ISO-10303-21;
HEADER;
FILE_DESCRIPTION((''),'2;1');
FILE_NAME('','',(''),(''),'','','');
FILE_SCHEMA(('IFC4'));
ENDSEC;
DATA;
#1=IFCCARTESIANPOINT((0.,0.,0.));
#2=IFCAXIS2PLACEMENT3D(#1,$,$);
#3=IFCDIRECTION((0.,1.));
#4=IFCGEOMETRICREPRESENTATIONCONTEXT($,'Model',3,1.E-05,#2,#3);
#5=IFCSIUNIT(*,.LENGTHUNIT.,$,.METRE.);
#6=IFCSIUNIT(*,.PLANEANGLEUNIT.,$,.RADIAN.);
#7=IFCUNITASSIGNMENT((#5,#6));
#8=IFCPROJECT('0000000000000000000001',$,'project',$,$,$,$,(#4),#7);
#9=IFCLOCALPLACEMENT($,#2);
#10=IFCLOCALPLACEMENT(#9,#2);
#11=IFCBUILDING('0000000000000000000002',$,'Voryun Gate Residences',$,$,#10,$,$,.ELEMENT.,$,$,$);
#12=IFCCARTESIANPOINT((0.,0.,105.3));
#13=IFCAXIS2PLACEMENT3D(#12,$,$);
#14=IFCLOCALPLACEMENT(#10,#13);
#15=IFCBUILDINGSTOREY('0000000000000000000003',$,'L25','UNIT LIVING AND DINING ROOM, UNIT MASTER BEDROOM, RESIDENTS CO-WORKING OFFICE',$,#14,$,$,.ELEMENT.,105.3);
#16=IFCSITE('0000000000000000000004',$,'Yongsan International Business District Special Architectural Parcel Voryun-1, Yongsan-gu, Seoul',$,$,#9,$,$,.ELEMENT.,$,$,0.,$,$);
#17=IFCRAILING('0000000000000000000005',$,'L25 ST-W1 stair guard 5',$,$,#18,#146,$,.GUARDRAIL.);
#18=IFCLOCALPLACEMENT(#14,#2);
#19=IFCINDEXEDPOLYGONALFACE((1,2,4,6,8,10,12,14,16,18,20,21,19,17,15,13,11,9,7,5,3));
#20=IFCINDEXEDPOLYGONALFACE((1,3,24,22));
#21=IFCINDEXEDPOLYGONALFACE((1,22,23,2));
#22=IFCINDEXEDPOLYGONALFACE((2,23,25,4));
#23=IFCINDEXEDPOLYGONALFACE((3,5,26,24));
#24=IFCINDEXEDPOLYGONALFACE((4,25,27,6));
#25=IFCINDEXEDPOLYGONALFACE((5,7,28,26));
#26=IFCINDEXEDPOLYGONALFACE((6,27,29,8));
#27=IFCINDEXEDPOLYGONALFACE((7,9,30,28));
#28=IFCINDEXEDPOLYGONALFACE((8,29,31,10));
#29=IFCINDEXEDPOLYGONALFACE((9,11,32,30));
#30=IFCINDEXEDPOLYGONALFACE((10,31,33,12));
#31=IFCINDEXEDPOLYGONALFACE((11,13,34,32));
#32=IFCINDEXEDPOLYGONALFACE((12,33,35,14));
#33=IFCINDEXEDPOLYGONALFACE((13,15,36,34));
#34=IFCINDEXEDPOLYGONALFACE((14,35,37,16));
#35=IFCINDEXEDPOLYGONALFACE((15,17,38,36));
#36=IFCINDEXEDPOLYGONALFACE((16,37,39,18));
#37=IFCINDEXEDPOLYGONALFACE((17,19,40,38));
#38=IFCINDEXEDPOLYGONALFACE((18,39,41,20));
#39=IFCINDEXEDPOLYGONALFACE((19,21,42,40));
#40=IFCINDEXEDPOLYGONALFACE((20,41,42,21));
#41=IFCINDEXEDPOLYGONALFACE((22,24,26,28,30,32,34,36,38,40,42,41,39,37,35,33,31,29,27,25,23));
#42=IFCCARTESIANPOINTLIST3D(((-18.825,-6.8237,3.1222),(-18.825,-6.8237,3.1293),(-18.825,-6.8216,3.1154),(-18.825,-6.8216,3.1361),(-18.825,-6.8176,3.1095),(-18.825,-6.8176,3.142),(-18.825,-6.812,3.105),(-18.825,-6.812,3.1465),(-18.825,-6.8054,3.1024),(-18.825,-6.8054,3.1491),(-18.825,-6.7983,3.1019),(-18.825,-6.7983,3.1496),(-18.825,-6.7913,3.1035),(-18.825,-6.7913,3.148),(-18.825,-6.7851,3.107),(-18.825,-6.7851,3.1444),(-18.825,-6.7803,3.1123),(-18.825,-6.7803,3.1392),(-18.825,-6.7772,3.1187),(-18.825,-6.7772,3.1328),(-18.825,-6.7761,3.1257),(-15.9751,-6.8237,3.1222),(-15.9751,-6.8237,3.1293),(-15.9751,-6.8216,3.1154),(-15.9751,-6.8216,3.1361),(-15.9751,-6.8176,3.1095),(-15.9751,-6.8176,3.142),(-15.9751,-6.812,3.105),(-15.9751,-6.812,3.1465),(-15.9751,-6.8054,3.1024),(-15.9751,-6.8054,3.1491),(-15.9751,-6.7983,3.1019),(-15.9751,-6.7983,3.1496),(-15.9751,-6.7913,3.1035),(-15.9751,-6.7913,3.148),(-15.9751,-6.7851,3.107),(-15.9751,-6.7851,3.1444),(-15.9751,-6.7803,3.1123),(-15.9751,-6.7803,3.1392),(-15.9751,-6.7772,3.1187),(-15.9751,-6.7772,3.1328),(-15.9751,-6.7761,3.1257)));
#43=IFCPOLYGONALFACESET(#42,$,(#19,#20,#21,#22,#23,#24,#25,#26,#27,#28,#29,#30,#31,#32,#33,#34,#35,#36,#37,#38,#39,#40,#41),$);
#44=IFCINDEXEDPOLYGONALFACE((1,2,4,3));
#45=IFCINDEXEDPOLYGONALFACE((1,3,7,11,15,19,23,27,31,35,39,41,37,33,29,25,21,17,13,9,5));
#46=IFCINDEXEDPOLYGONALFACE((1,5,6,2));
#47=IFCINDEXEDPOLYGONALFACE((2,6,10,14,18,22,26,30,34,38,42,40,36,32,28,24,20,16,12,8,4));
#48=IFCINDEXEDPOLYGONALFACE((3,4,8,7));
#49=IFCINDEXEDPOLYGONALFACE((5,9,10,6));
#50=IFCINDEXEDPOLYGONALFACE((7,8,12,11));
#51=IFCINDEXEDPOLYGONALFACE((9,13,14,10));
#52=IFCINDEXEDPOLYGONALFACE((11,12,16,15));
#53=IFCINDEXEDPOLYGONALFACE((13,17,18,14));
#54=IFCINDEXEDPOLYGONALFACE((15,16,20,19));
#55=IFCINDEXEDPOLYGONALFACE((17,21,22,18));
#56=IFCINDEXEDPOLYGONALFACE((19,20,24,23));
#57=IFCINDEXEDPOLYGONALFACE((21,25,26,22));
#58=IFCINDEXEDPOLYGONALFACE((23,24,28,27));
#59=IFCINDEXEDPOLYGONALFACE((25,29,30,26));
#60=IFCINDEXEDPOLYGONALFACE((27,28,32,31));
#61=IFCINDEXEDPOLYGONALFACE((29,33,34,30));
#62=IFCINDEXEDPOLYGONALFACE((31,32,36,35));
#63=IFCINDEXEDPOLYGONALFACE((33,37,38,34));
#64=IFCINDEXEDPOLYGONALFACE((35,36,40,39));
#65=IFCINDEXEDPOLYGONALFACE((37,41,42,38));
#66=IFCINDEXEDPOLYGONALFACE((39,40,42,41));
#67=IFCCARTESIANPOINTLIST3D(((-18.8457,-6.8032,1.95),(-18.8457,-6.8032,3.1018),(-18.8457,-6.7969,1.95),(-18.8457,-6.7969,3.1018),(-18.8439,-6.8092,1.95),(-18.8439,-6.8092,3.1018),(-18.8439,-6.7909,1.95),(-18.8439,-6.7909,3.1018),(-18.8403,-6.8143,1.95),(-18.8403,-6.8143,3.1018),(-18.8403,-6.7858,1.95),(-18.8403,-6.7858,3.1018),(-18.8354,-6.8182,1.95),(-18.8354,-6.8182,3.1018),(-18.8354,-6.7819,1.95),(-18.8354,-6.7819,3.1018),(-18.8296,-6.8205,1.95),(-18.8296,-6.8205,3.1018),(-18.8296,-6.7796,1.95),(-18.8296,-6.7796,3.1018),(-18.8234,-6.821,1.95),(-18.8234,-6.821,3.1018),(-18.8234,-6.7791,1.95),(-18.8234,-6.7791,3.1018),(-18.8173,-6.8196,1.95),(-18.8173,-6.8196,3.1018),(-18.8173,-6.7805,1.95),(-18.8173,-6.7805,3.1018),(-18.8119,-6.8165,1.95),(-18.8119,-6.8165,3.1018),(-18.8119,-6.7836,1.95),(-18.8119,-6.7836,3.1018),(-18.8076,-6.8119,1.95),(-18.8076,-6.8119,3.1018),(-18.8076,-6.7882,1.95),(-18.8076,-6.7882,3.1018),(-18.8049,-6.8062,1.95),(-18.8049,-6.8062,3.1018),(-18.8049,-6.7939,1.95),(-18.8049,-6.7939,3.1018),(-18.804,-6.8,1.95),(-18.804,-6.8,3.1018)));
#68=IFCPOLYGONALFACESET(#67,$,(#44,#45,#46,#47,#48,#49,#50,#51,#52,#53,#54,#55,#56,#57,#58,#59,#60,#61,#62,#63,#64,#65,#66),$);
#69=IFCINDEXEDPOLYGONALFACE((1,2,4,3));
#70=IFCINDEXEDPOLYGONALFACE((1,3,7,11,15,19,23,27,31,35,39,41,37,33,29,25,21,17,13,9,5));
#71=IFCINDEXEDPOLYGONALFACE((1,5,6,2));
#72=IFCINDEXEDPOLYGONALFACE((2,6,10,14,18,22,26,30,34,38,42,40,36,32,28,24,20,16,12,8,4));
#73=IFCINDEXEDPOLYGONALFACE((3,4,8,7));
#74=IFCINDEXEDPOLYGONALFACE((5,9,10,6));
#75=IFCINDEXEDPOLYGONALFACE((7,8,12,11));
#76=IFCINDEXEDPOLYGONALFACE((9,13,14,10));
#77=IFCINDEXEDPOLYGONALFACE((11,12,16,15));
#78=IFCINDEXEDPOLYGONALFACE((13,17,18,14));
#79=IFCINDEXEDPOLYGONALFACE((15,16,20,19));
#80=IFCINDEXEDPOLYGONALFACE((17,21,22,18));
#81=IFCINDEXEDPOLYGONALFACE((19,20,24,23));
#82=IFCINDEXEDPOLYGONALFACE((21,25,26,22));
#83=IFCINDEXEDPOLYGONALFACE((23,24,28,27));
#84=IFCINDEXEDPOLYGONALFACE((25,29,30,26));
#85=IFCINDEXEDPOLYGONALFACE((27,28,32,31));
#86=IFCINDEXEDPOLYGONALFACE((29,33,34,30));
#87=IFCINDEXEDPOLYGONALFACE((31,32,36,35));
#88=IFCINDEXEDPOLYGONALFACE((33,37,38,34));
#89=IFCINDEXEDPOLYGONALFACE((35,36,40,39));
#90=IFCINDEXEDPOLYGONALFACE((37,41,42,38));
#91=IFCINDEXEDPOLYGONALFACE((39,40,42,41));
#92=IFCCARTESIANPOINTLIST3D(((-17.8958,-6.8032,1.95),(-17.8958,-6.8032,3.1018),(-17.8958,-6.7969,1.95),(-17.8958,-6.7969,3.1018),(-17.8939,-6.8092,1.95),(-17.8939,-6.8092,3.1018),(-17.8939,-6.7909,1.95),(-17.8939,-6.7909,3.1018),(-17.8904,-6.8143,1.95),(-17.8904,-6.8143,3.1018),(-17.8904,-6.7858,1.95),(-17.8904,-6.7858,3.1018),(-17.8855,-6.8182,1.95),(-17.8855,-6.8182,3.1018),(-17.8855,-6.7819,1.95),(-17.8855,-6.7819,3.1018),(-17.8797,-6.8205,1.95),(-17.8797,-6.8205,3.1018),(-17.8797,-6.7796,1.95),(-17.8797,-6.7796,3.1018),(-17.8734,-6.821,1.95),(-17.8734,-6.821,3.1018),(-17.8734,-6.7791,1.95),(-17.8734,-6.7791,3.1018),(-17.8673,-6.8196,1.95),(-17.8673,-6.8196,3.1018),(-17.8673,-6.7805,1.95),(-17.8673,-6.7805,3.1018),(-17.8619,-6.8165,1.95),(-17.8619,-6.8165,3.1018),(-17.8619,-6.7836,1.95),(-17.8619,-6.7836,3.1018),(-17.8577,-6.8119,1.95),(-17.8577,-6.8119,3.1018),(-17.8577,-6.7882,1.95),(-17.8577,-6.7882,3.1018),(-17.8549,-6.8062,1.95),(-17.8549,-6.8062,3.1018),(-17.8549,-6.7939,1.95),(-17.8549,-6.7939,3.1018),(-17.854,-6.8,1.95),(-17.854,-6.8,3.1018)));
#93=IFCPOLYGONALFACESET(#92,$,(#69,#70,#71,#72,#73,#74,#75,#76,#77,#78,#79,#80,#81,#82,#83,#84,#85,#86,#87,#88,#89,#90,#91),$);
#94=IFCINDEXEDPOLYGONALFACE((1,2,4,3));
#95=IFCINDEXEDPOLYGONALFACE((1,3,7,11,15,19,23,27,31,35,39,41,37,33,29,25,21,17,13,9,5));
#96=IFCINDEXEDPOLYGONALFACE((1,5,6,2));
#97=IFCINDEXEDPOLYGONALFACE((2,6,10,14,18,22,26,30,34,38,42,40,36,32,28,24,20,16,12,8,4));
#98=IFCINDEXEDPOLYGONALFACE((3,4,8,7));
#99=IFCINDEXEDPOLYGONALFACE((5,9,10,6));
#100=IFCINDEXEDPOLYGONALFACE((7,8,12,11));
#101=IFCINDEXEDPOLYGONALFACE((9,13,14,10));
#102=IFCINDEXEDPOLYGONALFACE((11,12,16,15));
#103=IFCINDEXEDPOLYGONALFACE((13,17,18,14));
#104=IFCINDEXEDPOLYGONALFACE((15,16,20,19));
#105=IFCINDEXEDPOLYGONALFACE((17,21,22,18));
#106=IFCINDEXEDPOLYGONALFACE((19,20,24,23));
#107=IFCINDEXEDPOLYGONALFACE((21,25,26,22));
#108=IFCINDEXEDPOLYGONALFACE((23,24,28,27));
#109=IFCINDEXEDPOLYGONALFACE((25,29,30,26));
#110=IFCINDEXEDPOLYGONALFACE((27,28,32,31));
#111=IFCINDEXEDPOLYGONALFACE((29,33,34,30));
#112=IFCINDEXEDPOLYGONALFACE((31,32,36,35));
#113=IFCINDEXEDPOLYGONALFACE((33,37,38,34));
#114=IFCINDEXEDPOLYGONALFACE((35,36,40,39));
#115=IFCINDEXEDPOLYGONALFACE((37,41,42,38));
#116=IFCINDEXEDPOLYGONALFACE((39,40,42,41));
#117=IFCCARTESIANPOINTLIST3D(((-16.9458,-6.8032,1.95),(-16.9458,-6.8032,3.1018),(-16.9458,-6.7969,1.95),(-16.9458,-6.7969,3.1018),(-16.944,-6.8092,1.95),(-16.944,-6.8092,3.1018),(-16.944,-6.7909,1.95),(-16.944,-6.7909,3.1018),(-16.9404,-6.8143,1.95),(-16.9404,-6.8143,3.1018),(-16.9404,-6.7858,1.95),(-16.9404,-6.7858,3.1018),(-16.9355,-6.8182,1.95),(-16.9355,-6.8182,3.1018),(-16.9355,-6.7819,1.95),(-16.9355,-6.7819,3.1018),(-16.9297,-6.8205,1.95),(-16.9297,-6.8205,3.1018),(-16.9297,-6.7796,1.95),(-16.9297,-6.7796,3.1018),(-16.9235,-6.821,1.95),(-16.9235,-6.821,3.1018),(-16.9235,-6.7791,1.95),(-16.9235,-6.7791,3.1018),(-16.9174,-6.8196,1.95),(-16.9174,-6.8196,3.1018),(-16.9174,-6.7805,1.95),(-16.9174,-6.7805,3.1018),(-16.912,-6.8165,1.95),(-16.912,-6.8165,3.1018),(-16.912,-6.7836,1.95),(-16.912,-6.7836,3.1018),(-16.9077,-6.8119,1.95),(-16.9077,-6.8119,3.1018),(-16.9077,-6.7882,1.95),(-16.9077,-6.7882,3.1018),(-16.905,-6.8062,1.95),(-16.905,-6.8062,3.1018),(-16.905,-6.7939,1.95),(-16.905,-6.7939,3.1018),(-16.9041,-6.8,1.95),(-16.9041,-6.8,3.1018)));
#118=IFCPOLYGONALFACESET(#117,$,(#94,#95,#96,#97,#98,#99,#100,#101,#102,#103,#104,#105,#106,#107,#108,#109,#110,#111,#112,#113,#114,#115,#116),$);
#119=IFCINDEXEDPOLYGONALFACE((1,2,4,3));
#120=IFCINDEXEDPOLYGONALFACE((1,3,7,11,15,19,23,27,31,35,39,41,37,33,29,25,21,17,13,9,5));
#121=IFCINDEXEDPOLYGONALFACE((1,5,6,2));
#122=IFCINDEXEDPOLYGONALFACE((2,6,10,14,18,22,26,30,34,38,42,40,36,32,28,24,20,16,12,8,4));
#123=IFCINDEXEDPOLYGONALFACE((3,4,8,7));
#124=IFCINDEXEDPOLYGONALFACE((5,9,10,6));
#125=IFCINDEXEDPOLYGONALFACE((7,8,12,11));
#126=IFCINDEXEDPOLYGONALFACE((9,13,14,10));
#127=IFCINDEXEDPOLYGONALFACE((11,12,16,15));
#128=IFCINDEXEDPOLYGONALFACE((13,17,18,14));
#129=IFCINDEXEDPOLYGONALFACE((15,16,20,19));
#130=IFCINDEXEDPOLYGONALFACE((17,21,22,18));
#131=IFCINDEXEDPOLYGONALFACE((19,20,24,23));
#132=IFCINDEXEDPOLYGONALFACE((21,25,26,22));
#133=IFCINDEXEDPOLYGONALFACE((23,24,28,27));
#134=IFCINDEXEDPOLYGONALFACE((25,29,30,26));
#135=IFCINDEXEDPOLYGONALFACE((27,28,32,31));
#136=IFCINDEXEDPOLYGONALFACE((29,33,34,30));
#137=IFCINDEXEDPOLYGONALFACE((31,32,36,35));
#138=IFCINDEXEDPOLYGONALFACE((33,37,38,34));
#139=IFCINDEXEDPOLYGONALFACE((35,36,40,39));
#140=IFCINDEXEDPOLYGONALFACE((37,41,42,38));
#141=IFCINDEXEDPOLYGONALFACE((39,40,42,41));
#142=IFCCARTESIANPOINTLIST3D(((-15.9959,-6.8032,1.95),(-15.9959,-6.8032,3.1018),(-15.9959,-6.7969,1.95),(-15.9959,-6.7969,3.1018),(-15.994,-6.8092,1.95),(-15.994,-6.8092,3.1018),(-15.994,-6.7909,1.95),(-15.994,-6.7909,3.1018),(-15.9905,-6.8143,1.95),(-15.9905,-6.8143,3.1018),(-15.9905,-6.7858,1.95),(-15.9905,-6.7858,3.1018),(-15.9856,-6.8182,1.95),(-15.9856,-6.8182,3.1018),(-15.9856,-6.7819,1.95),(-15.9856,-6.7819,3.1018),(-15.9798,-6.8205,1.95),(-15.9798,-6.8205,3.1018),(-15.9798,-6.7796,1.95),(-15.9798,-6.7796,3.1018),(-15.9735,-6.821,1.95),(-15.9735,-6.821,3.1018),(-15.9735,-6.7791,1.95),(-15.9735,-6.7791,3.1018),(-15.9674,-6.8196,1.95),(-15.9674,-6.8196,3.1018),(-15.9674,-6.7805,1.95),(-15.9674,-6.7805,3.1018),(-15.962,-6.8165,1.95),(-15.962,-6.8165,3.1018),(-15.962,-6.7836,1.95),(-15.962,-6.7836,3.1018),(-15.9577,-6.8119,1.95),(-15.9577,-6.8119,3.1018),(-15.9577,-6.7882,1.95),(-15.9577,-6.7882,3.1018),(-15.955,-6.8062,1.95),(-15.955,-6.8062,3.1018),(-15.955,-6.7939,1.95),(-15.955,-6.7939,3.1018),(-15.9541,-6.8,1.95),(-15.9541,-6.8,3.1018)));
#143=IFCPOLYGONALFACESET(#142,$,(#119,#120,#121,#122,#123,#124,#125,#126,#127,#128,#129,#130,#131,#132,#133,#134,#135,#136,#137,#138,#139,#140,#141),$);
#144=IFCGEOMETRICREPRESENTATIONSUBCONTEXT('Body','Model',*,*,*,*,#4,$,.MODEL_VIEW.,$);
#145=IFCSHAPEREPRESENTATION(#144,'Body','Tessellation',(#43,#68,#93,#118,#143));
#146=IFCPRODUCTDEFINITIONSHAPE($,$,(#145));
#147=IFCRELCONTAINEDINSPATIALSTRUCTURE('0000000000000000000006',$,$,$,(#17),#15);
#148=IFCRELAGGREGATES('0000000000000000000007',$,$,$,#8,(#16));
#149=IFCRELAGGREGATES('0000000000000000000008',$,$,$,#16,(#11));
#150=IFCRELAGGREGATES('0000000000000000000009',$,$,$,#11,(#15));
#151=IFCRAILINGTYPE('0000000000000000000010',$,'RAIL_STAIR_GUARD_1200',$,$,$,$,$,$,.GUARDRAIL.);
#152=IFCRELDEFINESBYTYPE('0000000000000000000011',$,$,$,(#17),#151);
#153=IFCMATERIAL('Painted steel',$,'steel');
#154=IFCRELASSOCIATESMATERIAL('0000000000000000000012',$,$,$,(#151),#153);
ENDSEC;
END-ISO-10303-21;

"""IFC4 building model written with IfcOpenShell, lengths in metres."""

from ifc_helpers import new_model, si_unit, direction, frame, origin, origin_2d, place, context, subcontext, project, spatial, circle, extrude, material, type_object, element, save


model = new_model("IFC4")

# Units and contexts
model_context = context("Model", 3, precision=1e-05, world=origin(), true_north=direction((0.0, 1.0)))
body_context = subcontext(model_context, "Body", "Model", "MODEL_VIEW")
ifc_project = project(units=[si_unit("LENGTHUNIT", "METRE"), si_unit("PLANEANGLEUNIT", "RADIAN")], contexts=[model_context])

# Site, building, storey
site_placement = place(None, origin())
site = spatial("IfcSite", under=ifc_project, at=site_placement, Name="Yongsan International Business District Special Architectural Parcel Voryun-1, Yongsan-gu, Seoul", CompositionType="ELEMENT", RefElevation=0.0)
building_placement = place(site_placement, origin())
building = spatial("IfcBuilding", under=site, at=building_placement, Name="Voryun Gate Residences", CompositionType="ELEMENT")
storey_placement = place(building_placement, frame((0.0, 0.0, 105.3)))
storey = spatial("IfcBuildingStorey", under=building, at=storey_placement, Name="L25", Description="UNIT LIVING AND DINING ROOM, UNIT MASTER BEDROOM, RESIDENTS CO-WORKING OFFICE", CompositionType="ELEMENT", Elevation=105.3)

# Railing
ifc_material_1 = material(Name="Painted steel", Category="steel")
railing_type = type_object("IfcRailingType", Name="RAIL_STAIR_GUARD_1200", PredefinedType="GUARDRAIL", material=ifc_material_1)
railing_1_placement = place(storey_placement, frame((-18.825, -6.8, 1.95)))
element("IfcRailing", 1, at=railing_1_placement, inside=storey, type_object=railing_type, Name="L25 ST-W1 stair guard 5", PredefinedType="GUARDRAIL", context=body_context, shape_type="SweptSolid", body=[
    extrude(circle(Radius=0.0239, at=origin_2d()), frame((0.0, 0.0, 1.1758), z_axis=(1.0, 0.0, 0.0), x_axis=(0.0, 1.0, 0.0)), (0.0, 0.0, 1.0), 2.8499),
    extrude(circle(Radius=0.021, at=origin_2d()), origin(), (0.0, 0.0, 1.0), 1.1519),
    extrude(circle(Radius=0.021, at=origin_2d()), frame((0.95, 0.0, 0.0)), (0.0, 0.0, 1.0), 1.1519),
    extrude(circle(Radius=0.021, at=origin_2d()), frame((1.8999, 0.0, 0.0)), (0.0, 0.0, 1.0), 1.1519),
    extrude(circle(Radius=0.021, at=origin_2d()), frame((2.8499, 0.0, 0.0)), (0.0, 0.0, 1.0), 1.1519),
])

save(model, "model.ifc")
